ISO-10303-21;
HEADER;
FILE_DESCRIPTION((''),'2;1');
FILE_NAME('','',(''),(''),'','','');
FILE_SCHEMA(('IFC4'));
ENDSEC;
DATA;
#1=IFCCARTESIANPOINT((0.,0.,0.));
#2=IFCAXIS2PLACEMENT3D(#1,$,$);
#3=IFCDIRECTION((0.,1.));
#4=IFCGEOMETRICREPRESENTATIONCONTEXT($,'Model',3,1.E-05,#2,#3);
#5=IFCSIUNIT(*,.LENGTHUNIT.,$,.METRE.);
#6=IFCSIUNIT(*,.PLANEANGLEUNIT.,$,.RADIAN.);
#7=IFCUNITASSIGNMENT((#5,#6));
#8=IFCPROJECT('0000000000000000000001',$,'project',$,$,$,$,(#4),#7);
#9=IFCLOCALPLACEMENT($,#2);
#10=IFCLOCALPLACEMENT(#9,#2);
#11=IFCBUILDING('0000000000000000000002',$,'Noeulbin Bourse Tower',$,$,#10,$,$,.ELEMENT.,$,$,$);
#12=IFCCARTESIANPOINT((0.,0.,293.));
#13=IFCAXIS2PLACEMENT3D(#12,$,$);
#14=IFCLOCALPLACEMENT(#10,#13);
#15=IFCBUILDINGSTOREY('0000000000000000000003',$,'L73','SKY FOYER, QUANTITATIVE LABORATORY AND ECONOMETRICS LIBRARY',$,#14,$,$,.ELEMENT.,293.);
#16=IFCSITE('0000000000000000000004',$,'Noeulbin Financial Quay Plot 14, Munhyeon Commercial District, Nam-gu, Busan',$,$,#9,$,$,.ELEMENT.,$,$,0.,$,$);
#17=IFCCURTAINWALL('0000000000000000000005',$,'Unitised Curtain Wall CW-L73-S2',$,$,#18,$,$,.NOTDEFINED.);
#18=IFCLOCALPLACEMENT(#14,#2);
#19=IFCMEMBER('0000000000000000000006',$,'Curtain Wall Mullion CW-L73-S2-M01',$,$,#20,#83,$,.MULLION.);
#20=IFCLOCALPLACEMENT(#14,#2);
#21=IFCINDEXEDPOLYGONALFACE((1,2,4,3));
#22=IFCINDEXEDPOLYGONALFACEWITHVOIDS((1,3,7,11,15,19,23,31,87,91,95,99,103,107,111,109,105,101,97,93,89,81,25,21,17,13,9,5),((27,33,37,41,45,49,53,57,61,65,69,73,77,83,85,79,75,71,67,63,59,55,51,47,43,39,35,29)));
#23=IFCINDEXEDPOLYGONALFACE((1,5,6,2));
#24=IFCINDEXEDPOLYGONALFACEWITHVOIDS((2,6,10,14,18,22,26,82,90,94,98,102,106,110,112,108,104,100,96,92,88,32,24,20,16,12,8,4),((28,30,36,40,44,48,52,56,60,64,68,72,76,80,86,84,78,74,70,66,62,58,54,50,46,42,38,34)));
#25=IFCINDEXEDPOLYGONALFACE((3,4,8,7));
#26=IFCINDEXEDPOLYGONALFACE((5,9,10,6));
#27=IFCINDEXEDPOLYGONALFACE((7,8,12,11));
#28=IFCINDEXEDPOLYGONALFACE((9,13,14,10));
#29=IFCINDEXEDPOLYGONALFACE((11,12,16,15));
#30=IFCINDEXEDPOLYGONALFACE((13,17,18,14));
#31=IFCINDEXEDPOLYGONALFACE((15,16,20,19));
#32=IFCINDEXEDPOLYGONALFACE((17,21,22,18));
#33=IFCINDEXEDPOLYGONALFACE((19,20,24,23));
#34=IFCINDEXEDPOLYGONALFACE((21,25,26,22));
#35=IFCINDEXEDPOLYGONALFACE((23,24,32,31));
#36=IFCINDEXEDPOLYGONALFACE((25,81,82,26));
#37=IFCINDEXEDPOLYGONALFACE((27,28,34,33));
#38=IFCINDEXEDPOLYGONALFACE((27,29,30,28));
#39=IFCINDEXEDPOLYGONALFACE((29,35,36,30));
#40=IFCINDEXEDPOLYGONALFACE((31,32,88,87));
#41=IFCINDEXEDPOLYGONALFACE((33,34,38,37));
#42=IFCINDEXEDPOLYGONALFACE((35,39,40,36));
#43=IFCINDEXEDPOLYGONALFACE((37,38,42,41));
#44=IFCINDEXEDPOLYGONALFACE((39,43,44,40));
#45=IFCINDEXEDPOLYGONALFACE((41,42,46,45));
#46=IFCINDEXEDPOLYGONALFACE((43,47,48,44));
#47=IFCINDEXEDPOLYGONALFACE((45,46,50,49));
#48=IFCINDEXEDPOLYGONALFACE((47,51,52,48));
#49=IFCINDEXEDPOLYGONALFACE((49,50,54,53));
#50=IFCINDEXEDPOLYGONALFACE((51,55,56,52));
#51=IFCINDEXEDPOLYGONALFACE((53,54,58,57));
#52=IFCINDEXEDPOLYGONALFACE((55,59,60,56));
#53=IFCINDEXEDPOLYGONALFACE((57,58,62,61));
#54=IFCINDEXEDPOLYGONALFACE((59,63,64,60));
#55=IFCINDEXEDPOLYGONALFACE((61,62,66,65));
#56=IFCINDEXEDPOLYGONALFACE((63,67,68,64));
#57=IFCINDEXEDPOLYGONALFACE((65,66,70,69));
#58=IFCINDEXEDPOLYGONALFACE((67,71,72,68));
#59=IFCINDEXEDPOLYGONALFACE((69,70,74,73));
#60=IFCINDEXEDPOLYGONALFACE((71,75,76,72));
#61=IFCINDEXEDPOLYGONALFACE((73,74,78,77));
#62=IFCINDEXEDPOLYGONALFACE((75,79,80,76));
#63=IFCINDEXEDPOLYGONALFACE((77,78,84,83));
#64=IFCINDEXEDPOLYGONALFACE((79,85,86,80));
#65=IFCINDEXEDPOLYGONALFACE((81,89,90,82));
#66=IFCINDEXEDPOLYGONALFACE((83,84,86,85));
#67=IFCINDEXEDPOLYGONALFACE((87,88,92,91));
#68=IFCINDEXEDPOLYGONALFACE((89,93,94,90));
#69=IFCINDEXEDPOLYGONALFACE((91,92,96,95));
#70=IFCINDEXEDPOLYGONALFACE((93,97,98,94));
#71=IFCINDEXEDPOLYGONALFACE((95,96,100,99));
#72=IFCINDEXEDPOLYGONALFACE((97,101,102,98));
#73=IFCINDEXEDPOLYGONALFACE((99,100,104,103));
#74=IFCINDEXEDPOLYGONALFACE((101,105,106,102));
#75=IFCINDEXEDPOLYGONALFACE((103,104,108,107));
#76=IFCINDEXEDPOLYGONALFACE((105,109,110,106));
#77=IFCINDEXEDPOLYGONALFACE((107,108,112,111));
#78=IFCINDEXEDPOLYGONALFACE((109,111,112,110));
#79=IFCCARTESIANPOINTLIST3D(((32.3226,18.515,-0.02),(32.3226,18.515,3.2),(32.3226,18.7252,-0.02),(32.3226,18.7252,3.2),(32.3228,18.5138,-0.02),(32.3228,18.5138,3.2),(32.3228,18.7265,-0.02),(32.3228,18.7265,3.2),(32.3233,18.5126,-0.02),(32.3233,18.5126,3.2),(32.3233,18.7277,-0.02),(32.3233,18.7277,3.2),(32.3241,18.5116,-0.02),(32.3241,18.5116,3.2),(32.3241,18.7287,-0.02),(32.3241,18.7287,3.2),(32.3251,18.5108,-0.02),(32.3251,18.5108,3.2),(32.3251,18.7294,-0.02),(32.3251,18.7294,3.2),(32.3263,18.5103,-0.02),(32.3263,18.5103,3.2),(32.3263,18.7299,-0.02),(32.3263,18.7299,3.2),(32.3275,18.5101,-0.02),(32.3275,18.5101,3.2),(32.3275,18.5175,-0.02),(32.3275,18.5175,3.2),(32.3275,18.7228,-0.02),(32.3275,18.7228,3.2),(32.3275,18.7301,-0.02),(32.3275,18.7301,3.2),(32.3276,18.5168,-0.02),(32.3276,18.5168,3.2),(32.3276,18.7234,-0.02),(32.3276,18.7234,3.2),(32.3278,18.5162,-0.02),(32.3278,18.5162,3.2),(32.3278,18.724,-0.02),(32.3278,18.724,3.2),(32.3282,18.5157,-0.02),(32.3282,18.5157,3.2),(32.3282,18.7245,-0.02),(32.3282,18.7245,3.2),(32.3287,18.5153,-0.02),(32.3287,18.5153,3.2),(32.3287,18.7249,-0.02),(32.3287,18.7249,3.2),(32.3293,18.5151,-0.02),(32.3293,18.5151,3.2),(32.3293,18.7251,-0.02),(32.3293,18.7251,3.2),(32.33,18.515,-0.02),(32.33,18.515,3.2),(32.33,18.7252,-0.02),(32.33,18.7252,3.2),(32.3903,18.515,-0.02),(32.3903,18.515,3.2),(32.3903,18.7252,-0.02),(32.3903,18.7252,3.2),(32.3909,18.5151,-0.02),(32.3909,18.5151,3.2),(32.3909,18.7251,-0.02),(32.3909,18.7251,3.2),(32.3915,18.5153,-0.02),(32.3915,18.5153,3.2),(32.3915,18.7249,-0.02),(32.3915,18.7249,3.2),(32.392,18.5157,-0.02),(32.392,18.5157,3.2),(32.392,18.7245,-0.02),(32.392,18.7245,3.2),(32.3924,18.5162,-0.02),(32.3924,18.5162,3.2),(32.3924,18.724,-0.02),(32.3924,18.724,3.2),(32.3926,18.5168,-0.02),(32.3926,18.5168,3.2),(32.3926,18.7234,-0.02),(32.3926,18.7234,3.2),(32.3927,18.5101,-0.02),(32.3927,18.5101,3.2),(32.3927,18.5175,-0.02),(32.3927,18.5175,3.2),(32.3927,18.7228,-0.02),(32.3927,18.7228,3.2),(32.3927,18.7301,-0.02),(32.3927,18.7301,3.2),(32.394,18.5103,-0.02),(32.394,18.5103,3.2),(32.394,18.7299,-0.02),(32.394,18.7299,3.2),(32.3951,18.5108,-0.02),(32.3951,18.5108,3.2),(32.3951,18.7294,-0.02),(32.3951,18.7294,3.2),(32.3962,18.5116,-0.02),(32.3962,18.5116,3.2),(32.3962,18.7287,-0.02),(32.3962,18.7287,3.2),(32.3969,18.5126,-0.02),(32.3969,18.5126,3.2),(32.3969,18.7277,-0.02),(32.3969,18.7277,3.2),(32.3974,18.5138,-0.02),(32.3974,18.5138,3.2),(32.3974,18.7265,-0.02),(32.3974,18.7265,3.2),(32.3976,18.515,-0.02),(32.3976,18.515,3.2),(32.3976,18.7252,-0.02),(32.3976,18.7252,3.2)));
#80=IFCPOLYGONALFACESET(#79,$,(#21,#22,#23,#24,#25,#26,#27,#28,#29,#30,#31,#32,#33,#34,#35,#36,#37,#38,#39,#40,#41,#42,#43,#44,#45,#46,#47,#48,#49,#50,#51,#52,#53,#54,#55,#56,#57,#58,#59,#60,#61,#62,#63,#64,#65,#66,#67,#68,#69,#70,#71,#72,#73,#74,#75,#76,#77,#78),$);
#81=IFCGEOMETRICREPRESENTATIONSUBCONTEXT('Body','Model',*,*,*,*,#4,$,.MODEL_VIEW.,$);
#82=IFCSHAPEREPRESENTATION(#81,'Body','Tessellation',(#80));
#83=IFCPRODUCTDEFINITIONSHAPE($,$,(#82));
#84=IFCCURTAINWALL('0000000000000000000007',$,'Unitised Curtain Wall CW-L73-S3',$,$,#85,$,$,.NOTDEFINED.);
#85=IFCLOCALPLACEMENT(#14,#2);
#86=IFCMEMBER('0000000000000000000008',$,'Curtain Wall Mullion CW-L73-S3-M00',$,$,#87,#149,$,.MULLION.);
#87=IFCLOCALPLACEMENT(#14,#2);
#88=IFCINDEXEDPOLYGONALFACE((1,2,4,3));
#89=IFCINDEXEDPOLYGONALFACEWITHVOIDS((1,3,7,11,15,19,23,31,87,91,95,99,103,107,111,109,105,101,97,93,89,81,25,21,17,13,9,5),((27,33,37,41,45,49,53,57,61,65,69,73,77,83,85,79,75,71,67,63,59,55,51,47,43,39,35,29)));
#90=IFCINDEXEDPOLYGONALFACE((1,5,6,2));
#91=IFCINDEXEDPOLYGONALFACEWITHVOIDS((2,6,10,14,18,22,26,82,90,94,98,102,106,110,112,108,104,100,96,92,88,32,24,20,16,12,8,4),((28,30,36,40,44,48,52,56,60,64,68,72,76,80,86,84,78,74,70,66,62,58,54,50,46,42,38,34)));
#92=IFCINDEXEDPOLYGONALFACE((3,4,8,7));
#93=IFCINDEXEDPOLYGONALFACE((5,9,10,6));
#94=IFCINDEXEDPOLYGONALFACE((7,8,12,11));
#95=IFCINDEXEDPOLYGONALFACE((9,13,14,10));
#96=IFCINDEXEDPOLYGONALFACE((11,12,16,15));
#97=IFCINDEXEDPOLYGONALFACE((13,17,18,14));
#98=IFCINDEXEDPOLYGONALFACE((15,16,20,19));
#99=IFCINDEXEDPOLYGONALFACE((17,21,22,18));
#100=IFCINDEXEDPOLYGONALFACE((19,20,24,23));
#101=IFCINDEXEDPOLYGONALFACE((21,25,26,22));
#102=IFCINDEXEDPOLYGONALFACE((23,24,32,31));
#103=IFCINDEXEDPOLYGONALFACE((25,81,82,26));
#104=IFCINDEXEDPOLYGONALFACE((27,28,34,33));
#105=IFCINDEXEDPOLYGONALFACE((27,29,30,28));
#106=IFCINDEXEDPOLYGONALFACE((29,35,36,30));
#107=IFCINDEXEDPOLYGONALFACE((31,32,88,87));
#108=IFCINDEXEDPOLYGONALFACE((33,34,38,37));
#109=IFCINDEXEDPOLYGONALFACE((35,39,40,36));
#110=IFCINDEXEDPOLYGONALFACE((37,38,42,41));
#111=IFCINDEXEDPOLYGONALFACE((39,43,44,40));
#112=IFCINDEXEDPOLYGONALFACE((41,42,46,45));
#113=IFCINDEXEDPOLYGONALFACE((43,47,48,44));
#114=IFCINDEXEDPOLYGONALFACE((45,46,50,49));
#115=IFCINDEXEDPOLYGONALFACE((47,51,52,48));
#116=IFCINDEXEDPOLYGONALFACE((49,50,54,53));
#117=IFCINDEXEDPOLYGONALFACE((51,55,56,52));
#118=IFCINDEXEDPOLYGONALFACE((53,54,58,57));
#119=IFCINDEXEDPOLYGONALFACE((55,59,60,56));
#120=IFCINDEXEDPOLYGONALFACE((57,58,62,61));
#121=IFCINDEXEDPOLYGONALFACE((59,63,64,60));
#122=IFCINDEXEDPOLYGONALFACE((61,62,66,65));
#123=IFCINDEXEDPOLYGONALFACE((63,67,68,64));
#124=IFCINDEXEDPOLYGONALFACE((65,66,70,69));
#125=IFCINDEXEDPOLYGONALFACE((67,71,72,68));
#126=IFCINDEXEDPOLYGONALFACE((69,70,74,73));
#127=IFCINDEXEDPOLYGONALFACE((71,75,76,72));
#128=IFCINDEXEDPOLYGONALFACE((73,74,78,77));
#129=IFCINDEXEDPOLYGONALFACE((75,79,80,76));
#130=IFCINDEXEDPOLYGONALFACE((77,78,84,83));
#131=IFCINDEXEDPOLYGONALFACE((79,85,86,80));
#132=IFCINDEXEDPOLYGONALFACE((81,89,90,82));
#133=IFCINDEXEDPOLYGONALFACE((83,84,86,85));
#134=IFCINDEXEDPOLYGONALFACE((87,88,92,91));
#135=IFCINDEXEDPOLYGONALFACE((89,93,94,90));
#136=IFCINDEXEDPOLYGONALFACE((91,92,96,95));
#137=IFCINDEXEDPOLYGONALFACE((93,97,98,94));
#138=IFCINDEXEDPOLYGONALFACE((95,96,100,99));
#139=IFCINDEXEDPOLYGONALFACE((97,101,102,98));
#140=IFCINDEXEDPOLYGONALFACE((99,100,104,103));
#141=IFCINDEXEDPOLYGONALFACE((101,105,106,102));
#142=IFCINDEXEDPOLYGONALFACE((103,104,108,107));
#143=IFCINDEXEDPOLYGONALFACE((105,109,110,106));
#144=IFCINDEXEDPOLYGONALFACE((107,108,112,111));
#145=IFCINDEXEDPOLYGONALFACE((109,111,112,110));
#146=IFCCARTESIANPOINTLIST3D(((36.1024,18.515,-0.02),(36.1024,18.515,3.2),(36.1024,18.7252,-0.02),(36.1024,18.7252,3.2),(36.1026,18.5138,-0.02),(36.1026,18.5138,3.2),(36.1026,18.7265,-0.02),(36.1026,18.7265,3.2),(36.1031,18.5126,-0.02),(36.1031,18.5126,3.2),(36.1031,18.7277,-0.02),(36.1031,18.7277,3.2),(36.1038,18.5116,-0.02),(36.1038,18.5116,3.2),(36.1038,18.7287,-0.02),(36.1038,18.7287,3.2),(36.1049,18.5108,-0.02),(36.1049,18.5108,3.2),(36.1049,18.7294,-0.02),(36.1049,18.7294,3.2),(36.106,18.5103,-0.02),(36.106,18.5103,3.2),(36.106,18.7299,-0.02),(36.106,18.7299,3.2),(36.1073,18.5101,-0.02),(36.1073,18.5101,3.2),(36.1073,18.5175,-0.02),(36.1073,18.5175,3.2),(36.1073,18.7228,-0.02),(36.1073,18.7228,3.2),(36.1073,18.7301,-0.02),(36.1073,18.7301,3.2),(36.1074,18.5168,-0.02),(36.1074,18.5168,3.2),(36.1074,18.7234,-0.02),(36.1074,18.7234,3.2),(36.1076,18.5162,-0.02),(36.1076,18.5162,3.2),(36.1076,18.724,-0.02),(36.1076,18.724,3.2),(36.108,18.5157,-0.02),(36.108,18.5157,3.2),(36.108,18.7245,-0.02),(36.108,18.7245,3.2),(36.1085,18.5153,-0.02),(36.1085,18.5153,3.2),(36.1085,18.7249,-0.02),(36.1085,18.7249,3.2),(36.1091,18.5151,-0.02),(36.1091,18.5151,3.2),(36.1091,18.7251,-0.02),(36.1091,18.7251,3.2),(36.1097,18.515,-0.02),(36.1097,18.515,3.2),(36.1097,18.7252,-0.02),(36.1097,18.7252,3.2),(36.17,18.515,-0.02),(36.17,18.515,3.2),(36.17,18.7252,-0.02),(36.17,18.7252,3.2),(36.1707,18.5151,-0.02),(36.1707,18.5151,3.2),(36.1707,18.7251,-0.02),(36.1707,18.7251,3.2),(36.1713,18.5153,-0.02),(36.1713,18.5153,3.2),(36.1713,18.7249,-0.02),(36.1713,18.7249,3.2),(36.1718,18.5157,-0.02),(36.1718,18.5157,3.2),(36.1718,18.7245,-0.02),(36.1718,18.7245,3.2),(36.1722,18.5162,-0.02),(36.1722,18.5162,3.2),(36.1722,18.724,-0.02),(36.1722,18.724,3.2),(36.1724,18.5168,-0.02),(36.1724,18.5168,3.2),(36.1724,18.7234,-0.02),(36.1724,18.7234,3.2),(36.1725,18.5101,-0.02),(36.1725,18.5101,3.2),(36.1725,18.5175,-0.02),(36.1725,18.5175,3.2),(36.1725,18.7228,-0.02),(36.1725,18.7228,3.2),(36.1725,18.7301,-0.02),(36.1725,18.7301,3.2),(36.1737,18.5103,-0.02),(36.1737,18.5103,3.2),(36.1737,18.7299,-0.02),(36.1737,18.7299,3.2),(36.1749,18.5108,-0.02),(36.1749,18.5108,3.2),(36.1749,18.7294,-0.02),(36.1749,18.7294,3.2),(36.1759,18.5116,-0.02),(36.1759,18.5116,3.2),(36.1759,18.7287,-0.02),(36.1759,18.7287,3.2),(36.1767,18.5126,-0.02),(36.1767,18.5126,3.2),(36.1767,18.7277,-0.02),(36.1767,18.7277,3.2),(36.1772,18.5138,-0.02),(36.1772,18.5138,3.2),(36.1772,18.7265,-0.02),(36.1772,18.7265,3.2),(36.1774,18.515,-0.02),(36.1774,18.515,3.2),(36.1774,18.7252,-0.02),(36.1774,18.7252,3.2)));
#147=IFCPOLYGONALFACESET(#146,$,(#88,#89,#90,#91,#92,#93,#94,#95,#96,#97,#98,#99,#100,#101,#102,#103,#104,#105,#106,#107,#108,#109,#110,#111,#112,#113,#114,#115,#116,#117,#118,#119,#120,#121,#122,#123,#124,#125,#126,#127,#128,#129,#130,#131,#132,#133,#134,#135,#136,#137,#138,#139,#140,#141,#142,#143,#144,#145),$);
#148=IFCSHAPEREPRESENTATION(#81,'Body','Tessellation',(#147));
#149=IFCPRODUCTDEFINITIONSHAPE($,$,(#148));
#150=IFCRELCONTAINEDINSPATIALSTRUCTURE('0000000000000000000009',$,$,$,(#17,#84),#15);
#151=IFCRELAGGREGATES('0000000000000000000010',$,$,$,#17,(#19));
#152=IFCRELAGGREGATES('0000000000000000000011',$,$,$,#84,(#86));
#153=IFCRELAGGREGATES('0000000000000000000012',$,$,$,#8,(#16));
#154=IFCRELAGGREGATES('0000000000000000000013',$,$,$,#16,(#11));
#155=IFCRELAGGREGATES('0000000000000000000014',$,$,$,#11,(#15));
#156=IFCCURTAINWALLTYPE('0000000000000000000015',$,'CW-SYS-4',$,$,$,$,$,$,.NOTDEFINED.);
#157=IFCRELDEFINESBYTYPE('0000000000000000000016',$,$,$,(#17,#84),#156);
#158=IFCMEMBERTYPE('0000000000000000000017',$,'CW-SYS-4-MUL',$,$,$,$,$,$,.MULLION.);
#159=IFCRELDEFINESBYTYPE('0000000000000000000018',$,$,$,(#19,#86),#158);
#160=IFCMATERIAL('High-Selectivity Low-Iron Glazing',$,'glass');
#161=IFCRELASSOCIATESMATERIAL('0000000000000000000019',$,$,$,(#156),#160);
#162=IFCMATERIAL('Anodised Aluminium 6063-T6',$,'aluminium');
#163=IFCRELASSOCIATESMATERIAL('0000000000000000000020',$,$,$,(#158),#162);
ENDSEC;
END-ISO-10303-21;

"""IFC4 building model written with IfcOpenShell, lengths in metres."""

from ifc_helpers import new_model, si_unit, direction, frame, origin, origin_2d, place, context, subcontext, project, spatial, hollow_rectangle, extrude, material, material_profile, profile_set, type_object, element, aggregate, save


model = new_model("IFC4")

# Units and contexts
model_context = context("Model", 3, precision=1e-05, world=origin(), true_north=direction((0.0, 1.0)))
body_context = subcontext(model_context, "Body", "Model", "MODEL_VIEW")
ifc_project = project(units=[si_unit("LENGTHUNIT", "METRE"), si_unit("PLANEANGLEUNIT", "RADIAN")], contexts=[model_context])

# Site, building, storey
site_placement = place(None, origin())
site = spatial("IfcSite", under=ifc_project, at=site_placement, Name="Noeulbin Financial Quay Plot 14, Munhyeon Commercial District, Nam-gu, Busan", CompositionType="ELEMENT", RefElevation=0.0)
building_placement = place(site_placement, origin())
building = spatial("IfcBuilding", under=site, at=building_placement, Name="Noeulbin Bourse Tower", CompositionType="ELEMENT")
storey_placement = place(building_placement, frame((0.0, 0.0, 293.0)))
storey = spatial("IfcBuildingStorey", under=building, at=storey_placement, Name="L73", Description="SKY FOYER, QUANTITATIVE LABORATORY AND ECONOMETRICS LIBRARY", CompositionType="ELEMENT", Elevation=293.0)

# Curtain wall, member
ifc_material_1 = material(Name="High-Selectivity Low-Iron Glazing", Category="glass")
curtain_wall_type = type_object("IfcCurtainWallType", Name="CW-SYS-4", PredefinedType="NOTDEFINED", material=ifc_material_1)
curtain_wall_1_placement = place(storey_placement, origin())
curtain_wall_1 = element("IfcCurtainWall", 1, at=curtain_wall_1_placement, inside=storey, type_object=curtain_wall_type, Name="Unitised Curtain Wall CW-L73-S2", PredefinedType="NOTDEFINED")
ifc_material_2 = material(Name="Anodised Aluminium 6063-T6", Category="aluminium")
ifc_material_profile_1 = material_profile(ifc_material_2, hollow_rectangle(XDim=0.075, YDim=0.22, WallThickness=0.0049, InnerFilletRadius=0.0024, OuterFilletRadius=0.0049, at=origin_2d()), Name="ALU-MULL-75x220x5", Category="LoadBearing")
ifc_profile_set_1 = profile_set([ifc_material_profile_1], Name="Anodised Aluminium 6063-T6")
member_type_1 = type_object("IfcMemberType", Name="CW-SYS-4-MUL", PredefinedType="MULLION", material=ifc_profile_set_1)
member_1_placement = place(storey_placement, frame((32.3601, 18.6201, -0.02), z_axis=(0.0, 0.0, 1.0), x_axis=(1.0, 0.0, 0.0)))
member_1 = element("IfcMember", 2, at=member_1_placement, type_object=member_type_1, Name="Curtain Wall Mullion CW-L73-S2-M01", PredefinedType="MULLION", context=body_context, shape_type="SweptSolid", body=[
    extrude(hollow_rectangle(XDim=0.075, YDim=0.22, WallThickness=0.0049, InnerFilletRadius=0.0024, OuterFilletRadius=0.0049, at=origin_2d()), origin(), (0.0, 0.0, 1.0), 3.22),
])
aggregate(curtain_wall_1, [member_1])

# Curtain wall, member
curtain_wall_2_placement = place(storey_placement, origin())
curtain_wall_2 = element("IfcCurtainWall", 3, at=curtain_wall_2_placement, inside=storey, type_object=curtain_wall_type, Name="Unitised Curtain Wall CW-L73-S3", PredefinedType="NOTDEFINED")
member_2_placement = place(storey_placement, frame((36.1399, 18.6201, -0.02), z_axis=(0.0, 0.0, 1.0), x_axis=(1.0, 0.0, 0.0)))
member_2 = element("IfcMember", 4, at=member_2_placement, type_object=member_type_1, Name="Curtain Wall Mullion CW-L73-S3-M00", PredefinedType="MULLION", context=body_context, shape_type="SweptSolid", body=[
    extrude(hollow_rectangle(XDim=0.075, YDim=0.22, WallThickness=0.0049, InnerFilletRadius=0.0024, OuterFilletRadius=0.0049, at=origin_2d()), origin(), (0.0, 0.0, 1.0), 3.22),
])
aggregate(curtain_wall_2, [member_2])

save(model, "model.ifc")
